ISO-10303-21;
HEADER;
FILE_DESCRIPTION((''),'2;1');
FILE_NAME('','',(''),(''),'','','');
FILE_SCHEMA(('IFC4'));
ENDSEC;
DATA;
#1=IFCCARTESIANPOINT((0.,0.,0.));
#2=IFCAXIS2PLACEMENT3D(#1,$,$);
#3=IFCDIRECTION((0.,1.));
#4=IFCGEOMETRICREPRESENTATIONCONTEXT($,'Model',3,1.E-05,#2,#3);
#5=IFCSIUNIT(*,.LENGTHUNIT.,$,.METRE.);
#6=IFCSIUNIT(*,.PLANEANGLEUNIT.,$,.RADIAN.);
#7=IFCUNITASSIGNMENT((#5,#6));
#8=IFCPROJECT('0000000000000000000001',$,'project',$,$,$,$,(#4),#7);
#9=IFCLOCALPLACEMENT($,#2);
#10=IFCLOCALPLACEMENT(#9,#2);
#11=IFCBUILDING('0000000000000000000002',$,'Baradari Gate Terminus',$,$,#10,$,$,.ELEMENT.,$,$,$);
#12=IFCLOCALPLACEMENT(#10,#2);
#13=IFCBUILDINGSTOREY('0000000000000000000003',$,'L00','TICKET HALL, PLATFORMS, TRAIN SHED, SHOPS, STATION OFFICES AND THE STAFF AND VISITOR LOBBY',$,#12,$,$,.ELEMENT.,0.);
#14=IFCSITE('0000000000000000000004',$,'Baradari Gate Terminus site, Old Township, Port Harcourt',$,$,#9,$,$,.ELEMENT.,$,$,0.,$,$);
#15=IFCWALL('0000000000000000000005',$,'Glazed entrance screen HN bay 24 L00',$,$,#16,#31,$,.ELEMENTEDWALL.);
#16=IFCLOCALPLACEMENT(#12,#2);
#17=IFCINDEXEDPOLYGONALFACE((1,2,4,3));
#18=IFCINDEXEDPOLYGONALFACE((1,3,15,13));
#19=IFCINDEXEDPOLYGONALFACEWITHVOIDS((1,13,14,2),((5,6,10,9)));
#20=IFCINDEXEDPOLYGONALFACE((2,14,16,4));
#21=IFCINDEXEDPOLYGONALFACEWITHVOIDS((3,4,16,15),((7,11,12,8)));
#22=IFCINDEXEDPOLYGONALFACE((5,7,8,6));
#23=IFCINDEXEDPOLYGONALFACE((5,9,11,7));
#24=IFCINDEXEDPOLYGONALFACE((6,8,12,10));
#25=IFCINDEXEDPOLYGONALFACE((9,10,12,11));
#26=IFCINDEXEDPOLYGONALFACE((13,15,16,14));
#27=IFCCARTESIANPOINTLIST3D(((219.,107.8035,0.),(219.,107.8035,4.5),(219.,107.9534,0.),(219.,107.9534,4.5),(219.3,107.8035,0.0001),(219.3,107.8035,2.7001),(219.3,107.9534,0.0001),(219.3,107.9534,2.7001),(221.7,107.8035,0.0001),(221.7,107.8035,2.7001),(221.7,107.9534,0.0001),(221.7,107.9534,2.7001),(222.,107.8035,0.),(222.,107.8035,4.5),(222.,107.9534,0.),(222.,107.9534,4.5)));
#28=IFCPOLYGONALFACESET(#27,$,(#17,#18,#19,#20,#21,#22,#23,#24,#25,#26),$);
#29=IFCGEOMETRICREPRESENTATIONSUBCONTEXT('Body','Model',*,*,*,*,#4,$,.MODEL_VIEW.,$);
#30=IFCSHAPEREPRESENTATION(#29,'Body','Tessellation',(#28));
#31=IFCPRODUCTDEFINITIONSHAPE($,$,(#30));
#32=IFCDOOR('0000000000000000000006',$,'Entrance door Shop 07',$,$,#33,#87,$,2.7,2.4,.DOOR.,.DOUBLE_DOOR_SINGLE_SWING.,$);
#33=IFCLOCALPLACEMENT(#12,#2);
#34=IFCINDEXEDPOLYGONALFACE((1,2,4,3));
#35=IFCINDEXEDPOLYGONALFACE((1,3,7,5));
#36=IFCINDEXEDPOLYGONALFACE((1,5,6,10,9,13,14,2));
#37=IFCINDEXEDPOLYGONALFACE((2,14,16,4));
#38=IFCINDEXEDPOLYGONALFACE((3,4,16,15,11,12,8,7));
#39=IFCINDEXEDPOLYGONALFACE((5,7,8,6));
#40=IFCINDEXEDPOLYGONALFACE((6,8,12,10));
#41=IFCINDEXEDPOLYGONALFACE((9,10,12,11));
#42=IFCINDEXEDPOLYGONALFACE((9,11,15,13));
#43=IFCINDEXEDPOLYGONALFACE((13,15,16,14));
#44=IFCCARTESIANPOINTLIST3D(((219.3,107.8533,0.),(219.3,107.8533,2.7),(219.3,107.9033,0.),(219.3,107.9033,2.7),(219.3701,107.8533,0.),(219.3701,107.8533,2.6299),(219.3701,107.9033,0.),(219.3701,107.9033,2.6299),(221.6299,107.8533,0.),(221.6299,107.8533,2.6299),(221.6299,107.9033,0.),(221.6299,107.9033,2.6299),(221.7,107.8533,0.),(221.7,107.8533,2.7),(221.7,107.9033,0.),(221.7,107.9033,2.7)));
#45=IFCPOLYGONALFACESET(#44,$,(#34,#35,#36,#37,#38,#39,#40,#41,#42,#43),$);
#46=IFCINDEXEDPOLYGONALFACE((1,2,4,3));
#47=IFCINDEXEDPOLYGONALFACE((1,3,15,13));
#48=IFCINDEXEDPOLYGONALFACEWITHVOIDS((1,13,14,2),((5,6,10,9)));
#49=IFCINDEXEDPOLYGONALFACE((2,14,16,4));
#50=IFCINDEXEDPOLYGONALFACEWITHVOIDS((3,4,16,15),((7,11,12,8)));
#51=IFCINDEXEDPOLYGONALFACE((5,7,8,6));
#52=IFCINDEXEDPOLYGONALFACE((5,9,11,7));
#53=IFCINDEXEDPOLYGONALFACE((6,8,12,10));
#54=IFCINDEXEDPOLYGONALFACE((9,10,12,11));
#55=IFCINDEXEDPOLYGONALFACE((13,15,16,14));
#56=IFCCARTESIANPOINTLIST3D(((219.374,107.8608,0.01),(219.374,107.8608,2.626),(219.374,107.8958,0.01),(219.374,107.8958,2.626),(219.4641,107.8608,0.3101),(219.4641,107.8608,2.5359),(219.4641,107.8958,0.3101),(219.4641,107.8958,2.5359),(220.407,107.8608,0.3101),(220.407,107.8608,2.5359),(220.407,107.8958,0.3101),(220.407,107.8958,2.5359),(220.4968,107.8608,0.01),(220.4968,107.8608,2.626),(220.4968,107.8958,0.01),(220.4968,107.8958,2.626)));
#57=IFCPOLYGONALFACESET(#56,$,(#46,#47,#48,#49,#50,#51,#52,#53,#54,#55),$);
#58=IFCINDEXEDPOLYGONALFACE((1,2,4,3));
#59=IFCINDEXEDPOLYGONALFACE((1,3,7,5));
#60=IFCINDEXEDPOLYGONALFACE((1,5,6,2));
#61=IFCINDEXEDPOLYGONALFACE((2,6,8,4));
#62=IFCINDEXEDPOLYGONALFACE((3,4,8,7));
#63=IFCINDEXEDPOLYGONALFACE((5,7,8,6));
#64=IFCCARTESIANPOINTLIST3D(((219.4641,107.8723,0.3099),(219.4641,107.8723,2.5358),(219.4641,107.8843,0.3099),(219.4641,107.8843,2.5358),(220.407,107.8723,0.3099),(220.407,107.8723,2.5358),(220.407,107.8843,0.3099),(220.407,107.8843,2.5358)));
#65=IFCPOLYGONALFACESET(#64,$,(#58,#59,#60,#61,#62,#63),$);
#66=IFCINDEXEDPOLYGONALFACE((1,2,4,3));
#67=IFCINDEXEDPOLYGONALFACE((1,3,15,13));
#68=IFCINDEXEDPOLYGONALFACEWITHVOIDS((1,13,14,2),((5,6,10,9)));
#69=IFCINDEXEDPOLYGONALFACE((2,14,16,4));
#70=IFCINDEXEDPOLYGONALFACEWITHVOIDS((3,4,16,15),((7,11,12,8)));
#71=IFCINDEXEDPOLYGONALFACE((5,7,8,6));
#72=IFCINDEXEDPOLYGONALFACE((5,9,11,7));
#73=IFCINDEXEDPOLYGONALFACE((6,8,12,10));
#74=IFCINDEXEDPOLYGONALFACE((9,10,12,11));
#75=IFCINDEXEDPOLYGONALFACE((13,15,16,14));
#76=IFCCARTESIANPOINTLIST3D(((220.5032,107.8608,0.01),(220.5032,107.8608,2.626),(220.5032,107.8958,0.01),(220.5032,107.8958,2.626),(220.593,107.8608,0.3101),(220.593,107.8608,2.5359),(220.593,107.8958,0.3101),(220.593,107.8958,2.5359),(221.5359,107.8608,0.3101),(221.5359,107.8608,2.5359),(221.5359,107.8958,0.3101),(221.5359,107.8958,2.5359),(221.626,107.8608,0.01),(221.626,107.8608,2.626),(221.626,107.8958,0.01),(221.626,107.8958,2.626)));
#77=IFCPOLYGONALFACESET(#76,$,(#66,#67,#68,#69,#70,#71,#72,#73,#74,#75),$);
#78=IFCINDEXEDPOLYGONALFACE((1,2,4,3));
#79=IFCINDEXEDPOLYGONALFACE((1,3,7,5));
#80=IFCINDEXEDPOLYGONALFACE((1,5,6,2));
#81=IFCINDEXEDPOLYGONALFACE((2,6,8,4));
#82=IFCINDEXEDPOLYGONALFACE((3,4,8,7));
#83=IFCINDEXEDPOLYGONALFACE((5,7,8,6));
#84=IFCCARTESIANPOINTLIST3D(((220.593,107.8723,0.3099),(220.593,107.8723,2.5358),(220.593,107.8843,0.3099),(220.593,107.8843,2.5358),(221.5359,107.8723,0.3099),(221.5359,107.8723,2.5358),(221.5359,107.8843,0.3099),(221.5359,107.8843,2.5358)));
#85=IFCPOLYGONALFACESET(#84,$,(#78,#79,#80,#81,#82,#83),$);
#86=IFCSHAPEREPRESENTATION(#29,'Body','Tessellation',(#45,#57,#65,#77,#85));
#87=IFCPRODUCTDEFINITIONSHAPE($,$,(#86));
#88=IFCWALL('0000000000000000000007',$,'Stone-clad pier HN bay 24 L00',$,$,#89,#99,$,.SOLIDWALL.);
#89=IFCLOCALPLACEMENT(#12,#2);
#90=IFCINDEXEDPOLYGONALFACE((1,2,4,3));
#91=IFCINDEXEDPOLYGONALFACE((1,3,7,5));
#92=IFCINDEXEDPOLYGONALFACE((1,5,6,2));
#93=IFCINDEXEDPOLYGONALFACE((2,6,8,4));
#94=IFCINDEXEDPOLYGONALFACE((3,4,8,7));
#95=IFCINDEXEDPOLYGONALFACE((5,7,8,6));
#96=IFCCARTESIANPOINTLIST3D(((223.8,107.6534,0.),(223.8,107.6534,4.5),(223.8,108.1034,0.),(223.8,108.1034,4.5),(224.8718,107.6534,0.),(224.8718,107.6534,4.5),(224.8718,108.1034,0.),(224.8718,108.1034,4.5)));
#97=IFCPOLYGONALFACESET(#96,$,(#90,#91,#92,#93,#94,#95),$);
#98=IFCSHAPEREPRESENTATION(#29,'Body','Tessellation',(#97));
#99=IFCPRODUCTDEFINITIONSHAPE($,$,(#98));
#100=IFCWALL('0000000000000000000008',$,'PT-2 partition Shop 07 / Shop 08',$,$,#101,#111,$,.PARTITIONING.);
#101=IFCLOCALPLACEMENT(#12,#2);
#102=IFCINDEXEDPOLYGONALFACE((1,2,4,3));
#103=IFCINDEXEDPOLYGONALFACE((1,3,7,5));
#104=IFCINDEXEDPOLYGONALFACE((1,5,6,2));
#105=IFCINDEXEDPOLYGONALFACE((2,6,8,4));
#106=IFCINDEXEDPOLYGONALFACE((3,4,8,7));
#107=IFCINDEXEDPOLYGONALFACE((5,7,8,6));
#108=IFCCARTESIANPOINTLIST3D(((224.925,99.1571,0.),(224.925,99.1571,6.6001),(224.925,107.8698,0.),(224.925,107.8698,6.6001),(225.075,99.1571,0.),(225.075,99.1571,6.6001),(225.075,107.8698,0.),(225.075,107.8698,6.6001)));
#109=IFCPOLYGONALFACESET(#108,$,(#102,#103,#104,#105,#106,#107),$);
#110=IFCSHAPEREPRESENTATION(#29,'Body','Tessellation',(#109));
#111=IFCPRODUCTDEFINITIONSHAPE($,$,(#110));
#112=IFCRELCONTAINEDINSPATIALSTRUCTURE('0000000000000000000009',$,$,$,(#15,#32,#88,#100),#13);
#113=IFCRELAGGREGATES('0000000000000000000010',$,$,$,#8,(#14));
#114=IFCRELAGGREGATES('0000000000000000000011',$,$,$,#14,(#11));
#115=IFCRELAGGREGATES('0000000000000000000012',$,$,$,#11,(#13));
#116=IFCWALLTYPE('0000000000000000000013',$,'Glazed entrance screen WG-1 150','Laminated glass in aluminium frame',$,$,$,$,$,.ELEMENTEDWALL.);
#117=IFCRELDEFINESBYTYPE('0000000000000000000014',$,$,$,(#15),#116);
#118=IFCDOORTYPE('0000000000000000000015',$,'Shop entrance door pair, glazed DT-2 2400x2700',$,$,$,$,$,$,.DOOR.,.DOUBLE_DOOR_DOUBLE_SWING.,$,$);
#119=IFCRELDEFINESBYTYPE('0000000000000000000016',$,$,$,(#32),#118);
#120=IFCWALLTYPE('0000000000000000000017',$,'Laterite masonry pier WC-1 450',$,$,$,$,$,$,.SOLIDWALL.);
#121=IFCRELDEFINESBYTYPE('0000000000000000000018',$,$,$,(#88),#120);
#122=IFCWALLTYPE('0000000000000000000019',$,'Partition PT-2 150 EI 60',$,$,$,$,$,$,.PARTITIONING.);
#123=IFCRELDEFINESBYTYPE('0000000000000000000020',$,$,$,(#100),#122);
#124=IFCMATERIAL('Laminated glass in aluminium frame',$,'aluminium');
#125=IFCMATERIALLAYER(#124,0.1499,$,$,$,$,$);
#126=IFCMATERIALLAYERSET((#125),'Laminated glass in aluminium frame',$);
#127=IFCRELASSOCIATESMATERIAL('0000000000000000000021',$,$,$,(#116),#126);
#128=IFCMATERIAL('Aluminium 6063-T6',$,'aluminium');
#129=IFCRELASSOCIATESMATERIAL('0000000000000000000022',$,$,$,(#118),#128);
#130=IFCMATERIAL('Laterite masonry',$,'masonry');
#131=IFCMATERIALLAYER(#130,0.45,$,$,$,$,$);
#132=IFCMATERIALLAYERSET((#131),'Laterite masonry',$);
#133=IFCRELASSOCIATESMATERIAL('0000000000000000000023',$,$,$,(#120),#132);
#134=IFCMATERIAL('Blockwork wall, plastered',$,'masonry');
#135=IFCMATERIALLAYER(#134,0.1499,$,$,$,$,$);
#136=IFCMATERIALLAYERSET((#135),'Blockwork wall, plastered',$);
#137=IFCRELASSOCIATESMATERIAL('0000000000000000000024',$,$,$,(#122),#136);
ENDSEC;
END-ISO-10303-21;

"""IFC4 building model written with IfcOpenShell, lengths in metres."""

from ifc_helpers import new_model, si_unit, direction, frame, frame_2d, origin, place, context, subcontext, project, spatial, polyline, rectangle, outline, extrude, material, layer, layer_set, type_object, element, fill, save


model = new_model("IFC4")

# Units and contexts
model_context = context("Model", 3, precision=1e-05, world=origin(), true_north=direction((0.0, 1.0)))
body_context = subcontext(model_context, "Body", "Model", "MODEL_VIEW")
ifc_project = project(units=[si_unit("LENGTHUNIT", "METRE"), si_unit("PLANEANGLEUNIT", "RADIAN")], contexts=[model_context])

# Site, building, storey
site_placement = place(None, origin())
site = spatial("IfcSite", under=ifc_project, at=site_placement, Name="Baradari Gate Terminus site, Old Township, Port Harcourt", CompositionType="ELEMENT", RefElevation=0.0)
building_placement = place(site_placement, origin())
building = spatial("IfcBuilding", under=site, at=building_placement, Name="Baradari Gate Terminus", CompositionType="ELEMENT")
storey_placement = place(building_placement, origin())
storey = spatial("IfcBuildingStorey", under=building, at=storey_placement, Name="L00", Description="TICKET HALL, PLATFORMS, TRAIN SHED, SHOPS, STATION OFFICES AND THE STAFF AND VISITOR LOBBY", CompositionType="ELEMENT", Elevation=0.0)

# Wall, opening, door
ifc_material_1 = material(Name="Laminated glass in aluminium frame", Category="aluminium")
ifc_layer_1 = layer(ifc_material_1, 0.1499)
ifc_layer_set_1 = layer_set([ifc_layer_1], Name="Laminated glass in aluminium frame")
wall_type_1 = type_object("IfcWallType", Name="Glazed entrance screen WG-1 150", Description="Laminated glass in aluminium frame", PredefinedType="ELEMENTEDWALL", material=ifc_layer_set_1)
wall_1_placement = place(storey_placement, frame((219.0, 107.8784, 0.0), z_axis=(0.0, 0.0, 1.0), x_axis=(1.0, 0.0, 0.0)))
wall_1 = element("IfcWall", 1, at=wall_1_placement, inside=storey, type_object=wall_type_1, Name="Glazed entrance screen HN bay 24 L00", PredefinedType="ELEMENTEDWALL", context=body_context, shape_type="SweptSolid", body=[
    extrude(rectangle(XDim=3.0, YDim=0.1499, at=frame_2d((1.5, 0.0))), origin(), (0.0, 0.0, 1.0), 4.5),
])
opening_placement = place(wall_1_placement, frame((0.3, 0.0, 0.0)))
opening = element("IfcOpeningElement", 2, at=opening_placement, cuts=wall_1, PredefinedType="OPENING", context=body_context, shape_type="SweptSolid", body=[
    extrude(rectangle(XDim=2.3999, YDim=2.7, at=frame_2d((1.2, 1.3501))), frame((0.0, 0.085, 0.0), z_axis=(0.0, -1.0, 0.0), x_axis=(1.0, 0.0, 0.0)), (0.0, 0.0, 1.0), 0.1699),
])
ifc_material_2 = material(Name="Aluminium 6063-T6", Category="aluminium")
door_type = type_object("IfcDoorType", Name="Shop entrance door pair, glazed DT-2 2400x2700", OperationType="DOUBLE_DOOR_DOUBLE_SWING", PredefinedType="DOOR", material=ifc_material_2)
door_placement = place(opening_placement, origin())
door = element("IfcDoor", 3, at=door_placement, inside=storey, type_object=door_type, Name="Entrance door Shop 07", OperationType="DOUBLE_DOOR_SINGLE_SWING", OverallHeight=2.7, OverallWidth=2.4, PredefinedType="DOOR", context=body_context, shape_type="SweptSolid", body=[
    extrude(outline(polyline([(0.0, 0.0), (0.0701, 0.0), (0.0701, 2.6299), (2.3298, 2.6299), (2.3298, 0.0), (2.3999, 0.0), (2.3999, 2.7), (0.0, 2.7), (0.0, 0.0)])), frame((0.0, 0.0249, 0.0), z_axis=(0.0, -1.0, 0.0), x_axis=(1.0, 0.0, 0.0)), (0.0, 0.0, 1.0), 0.05),
    extrude(outline(polyline([(0.074, 0.01), (1.1968, 0.01), (1.1968, 2.626), (0.074, 2.626), (0.074, 0.01)]), holes=[polyline([(0.1641, 0.3101), (1.1069, 0.3101), (1.1069, 2.5359), (0.1641, 2.5359), (0.1641, 0.3101)])]), frame((0.0, 0.0173, 0.0), z_axis=(0.0, -1.0, 0.0), x_axis=(1.0, 0.0, 0.0)), (0.0, 0.0, 1.0), 0.0349),
    extrude(rectangle(XDim=0.9429, YDim=2.2258, at=frame_2d((0.6355, 1.4229))), frame((0.0, 0.0059, 0.0), z_axis=(0.0, -1.0, 0.0), x_axis=(1.0, 0.0, 0.0)), (0.0, 0.0, 1.0), 0.012),
    extrude(outline(polyline([(1.2031, 0.01), (2.3259, 0.01), (2.3259, 2.626), (1.2031, 2.626), (1.2031, 0.01)]), holes=[polyline([(1.293, 0.3101), (2.2358, 0.3101), (2.2358, 2.5359), (1.293, 2.5359), (1.293, 0.3101)])]), frame((0.0, 0.0173, 0.0), z_axis=(0.0, -1.0, 0.0), x_axis=(1.0, 0.0, 0.0)), (0.0, 0.0, 1.0), 0.0349),
    extrude(rectangle(XDim=0.9429, YDim=2.2258, at=frame_2d((1.7644, 1.4229))), frame((0.0, 0.0059, 0.0), z_axis=(0.0, -1.0, 0.0), x_axis=(1.0, 0.0, 0.0)), (0.0, 0.0, 1.0), 0.012),
])
fill(opening, door)

# Walls
ifc_material_3 = material(Name="Laterite masonry", Category="masonry")
ifc_layer_2 = layer(ifc_material_3, 0.45)
ifc_layer_set_2 = layer_set([ifc_layer_2], Name="Laterite masonry")
wall_type_2 = type_object("IfcWallType", Name="Laterite masonry pier WC-1 450", PredefinedType="SOLIDWALL", material=ifc_layer_set_2)
wall_2_placement = place(storey_placement, frame((223.8, 107.8784, 0.0), z_axis=(0.0, 0.0, 1.0), x_axis=(1.0, 0.0, 0.0)))
element("IfcWall", 4, at=wall_2_placement, inside=storey, type_object=wall_type_2, Name="Stone-clad pier HN bay 24 L00", PredefinedType="SOLIDWALL", context=body_context, shape_type="SweptSolid", body=[
    extrude(rectangle(XDim=1.0718, YDim=0.45, at=frame_2d((0.5359, 0.0))), origin(), (0.0, 0.0, 1.0), 4.5),
])
ifc_material_4 = material(Name="Blockwork wall, plastered", Category="masonry")
ifc_layer_3 = layer(ifc_material_4, 0.1499)
ifc_layer_set_3 = layer_set([ifc_layer_3], Name="Blockwork wall, plastered")
wall_type_3 = type_object("IfcWallType", Name="Partition PT-2 150 EI 60", PredefinedType="PARTITIONING", material=ifc_layer_set_3)
wall_3_placement = place(storey_placement, frame((225.0, 107.8699, 0.0), z_axis=(0.0, 0.0, 1.0), x_axis=(0.0, -1.0, 0.0)))
element("IfcWall", 5, at=wall_3_placement, inside=storey, type_object=wall_type_3, Name="PT-2 partition Shop 07 / Shop 08", PredefinedType="PARTITIONING", context=body_context, shape_type="SweptSolid", body=[
    extrude(rectangle(XDim=8.7126, YDim=0.1499, at=frame_2d((4.3564, 0.0))), origin(), (0.0, 0.0, 1.0), 6.6001),
])

save(model, "model.ifc")
